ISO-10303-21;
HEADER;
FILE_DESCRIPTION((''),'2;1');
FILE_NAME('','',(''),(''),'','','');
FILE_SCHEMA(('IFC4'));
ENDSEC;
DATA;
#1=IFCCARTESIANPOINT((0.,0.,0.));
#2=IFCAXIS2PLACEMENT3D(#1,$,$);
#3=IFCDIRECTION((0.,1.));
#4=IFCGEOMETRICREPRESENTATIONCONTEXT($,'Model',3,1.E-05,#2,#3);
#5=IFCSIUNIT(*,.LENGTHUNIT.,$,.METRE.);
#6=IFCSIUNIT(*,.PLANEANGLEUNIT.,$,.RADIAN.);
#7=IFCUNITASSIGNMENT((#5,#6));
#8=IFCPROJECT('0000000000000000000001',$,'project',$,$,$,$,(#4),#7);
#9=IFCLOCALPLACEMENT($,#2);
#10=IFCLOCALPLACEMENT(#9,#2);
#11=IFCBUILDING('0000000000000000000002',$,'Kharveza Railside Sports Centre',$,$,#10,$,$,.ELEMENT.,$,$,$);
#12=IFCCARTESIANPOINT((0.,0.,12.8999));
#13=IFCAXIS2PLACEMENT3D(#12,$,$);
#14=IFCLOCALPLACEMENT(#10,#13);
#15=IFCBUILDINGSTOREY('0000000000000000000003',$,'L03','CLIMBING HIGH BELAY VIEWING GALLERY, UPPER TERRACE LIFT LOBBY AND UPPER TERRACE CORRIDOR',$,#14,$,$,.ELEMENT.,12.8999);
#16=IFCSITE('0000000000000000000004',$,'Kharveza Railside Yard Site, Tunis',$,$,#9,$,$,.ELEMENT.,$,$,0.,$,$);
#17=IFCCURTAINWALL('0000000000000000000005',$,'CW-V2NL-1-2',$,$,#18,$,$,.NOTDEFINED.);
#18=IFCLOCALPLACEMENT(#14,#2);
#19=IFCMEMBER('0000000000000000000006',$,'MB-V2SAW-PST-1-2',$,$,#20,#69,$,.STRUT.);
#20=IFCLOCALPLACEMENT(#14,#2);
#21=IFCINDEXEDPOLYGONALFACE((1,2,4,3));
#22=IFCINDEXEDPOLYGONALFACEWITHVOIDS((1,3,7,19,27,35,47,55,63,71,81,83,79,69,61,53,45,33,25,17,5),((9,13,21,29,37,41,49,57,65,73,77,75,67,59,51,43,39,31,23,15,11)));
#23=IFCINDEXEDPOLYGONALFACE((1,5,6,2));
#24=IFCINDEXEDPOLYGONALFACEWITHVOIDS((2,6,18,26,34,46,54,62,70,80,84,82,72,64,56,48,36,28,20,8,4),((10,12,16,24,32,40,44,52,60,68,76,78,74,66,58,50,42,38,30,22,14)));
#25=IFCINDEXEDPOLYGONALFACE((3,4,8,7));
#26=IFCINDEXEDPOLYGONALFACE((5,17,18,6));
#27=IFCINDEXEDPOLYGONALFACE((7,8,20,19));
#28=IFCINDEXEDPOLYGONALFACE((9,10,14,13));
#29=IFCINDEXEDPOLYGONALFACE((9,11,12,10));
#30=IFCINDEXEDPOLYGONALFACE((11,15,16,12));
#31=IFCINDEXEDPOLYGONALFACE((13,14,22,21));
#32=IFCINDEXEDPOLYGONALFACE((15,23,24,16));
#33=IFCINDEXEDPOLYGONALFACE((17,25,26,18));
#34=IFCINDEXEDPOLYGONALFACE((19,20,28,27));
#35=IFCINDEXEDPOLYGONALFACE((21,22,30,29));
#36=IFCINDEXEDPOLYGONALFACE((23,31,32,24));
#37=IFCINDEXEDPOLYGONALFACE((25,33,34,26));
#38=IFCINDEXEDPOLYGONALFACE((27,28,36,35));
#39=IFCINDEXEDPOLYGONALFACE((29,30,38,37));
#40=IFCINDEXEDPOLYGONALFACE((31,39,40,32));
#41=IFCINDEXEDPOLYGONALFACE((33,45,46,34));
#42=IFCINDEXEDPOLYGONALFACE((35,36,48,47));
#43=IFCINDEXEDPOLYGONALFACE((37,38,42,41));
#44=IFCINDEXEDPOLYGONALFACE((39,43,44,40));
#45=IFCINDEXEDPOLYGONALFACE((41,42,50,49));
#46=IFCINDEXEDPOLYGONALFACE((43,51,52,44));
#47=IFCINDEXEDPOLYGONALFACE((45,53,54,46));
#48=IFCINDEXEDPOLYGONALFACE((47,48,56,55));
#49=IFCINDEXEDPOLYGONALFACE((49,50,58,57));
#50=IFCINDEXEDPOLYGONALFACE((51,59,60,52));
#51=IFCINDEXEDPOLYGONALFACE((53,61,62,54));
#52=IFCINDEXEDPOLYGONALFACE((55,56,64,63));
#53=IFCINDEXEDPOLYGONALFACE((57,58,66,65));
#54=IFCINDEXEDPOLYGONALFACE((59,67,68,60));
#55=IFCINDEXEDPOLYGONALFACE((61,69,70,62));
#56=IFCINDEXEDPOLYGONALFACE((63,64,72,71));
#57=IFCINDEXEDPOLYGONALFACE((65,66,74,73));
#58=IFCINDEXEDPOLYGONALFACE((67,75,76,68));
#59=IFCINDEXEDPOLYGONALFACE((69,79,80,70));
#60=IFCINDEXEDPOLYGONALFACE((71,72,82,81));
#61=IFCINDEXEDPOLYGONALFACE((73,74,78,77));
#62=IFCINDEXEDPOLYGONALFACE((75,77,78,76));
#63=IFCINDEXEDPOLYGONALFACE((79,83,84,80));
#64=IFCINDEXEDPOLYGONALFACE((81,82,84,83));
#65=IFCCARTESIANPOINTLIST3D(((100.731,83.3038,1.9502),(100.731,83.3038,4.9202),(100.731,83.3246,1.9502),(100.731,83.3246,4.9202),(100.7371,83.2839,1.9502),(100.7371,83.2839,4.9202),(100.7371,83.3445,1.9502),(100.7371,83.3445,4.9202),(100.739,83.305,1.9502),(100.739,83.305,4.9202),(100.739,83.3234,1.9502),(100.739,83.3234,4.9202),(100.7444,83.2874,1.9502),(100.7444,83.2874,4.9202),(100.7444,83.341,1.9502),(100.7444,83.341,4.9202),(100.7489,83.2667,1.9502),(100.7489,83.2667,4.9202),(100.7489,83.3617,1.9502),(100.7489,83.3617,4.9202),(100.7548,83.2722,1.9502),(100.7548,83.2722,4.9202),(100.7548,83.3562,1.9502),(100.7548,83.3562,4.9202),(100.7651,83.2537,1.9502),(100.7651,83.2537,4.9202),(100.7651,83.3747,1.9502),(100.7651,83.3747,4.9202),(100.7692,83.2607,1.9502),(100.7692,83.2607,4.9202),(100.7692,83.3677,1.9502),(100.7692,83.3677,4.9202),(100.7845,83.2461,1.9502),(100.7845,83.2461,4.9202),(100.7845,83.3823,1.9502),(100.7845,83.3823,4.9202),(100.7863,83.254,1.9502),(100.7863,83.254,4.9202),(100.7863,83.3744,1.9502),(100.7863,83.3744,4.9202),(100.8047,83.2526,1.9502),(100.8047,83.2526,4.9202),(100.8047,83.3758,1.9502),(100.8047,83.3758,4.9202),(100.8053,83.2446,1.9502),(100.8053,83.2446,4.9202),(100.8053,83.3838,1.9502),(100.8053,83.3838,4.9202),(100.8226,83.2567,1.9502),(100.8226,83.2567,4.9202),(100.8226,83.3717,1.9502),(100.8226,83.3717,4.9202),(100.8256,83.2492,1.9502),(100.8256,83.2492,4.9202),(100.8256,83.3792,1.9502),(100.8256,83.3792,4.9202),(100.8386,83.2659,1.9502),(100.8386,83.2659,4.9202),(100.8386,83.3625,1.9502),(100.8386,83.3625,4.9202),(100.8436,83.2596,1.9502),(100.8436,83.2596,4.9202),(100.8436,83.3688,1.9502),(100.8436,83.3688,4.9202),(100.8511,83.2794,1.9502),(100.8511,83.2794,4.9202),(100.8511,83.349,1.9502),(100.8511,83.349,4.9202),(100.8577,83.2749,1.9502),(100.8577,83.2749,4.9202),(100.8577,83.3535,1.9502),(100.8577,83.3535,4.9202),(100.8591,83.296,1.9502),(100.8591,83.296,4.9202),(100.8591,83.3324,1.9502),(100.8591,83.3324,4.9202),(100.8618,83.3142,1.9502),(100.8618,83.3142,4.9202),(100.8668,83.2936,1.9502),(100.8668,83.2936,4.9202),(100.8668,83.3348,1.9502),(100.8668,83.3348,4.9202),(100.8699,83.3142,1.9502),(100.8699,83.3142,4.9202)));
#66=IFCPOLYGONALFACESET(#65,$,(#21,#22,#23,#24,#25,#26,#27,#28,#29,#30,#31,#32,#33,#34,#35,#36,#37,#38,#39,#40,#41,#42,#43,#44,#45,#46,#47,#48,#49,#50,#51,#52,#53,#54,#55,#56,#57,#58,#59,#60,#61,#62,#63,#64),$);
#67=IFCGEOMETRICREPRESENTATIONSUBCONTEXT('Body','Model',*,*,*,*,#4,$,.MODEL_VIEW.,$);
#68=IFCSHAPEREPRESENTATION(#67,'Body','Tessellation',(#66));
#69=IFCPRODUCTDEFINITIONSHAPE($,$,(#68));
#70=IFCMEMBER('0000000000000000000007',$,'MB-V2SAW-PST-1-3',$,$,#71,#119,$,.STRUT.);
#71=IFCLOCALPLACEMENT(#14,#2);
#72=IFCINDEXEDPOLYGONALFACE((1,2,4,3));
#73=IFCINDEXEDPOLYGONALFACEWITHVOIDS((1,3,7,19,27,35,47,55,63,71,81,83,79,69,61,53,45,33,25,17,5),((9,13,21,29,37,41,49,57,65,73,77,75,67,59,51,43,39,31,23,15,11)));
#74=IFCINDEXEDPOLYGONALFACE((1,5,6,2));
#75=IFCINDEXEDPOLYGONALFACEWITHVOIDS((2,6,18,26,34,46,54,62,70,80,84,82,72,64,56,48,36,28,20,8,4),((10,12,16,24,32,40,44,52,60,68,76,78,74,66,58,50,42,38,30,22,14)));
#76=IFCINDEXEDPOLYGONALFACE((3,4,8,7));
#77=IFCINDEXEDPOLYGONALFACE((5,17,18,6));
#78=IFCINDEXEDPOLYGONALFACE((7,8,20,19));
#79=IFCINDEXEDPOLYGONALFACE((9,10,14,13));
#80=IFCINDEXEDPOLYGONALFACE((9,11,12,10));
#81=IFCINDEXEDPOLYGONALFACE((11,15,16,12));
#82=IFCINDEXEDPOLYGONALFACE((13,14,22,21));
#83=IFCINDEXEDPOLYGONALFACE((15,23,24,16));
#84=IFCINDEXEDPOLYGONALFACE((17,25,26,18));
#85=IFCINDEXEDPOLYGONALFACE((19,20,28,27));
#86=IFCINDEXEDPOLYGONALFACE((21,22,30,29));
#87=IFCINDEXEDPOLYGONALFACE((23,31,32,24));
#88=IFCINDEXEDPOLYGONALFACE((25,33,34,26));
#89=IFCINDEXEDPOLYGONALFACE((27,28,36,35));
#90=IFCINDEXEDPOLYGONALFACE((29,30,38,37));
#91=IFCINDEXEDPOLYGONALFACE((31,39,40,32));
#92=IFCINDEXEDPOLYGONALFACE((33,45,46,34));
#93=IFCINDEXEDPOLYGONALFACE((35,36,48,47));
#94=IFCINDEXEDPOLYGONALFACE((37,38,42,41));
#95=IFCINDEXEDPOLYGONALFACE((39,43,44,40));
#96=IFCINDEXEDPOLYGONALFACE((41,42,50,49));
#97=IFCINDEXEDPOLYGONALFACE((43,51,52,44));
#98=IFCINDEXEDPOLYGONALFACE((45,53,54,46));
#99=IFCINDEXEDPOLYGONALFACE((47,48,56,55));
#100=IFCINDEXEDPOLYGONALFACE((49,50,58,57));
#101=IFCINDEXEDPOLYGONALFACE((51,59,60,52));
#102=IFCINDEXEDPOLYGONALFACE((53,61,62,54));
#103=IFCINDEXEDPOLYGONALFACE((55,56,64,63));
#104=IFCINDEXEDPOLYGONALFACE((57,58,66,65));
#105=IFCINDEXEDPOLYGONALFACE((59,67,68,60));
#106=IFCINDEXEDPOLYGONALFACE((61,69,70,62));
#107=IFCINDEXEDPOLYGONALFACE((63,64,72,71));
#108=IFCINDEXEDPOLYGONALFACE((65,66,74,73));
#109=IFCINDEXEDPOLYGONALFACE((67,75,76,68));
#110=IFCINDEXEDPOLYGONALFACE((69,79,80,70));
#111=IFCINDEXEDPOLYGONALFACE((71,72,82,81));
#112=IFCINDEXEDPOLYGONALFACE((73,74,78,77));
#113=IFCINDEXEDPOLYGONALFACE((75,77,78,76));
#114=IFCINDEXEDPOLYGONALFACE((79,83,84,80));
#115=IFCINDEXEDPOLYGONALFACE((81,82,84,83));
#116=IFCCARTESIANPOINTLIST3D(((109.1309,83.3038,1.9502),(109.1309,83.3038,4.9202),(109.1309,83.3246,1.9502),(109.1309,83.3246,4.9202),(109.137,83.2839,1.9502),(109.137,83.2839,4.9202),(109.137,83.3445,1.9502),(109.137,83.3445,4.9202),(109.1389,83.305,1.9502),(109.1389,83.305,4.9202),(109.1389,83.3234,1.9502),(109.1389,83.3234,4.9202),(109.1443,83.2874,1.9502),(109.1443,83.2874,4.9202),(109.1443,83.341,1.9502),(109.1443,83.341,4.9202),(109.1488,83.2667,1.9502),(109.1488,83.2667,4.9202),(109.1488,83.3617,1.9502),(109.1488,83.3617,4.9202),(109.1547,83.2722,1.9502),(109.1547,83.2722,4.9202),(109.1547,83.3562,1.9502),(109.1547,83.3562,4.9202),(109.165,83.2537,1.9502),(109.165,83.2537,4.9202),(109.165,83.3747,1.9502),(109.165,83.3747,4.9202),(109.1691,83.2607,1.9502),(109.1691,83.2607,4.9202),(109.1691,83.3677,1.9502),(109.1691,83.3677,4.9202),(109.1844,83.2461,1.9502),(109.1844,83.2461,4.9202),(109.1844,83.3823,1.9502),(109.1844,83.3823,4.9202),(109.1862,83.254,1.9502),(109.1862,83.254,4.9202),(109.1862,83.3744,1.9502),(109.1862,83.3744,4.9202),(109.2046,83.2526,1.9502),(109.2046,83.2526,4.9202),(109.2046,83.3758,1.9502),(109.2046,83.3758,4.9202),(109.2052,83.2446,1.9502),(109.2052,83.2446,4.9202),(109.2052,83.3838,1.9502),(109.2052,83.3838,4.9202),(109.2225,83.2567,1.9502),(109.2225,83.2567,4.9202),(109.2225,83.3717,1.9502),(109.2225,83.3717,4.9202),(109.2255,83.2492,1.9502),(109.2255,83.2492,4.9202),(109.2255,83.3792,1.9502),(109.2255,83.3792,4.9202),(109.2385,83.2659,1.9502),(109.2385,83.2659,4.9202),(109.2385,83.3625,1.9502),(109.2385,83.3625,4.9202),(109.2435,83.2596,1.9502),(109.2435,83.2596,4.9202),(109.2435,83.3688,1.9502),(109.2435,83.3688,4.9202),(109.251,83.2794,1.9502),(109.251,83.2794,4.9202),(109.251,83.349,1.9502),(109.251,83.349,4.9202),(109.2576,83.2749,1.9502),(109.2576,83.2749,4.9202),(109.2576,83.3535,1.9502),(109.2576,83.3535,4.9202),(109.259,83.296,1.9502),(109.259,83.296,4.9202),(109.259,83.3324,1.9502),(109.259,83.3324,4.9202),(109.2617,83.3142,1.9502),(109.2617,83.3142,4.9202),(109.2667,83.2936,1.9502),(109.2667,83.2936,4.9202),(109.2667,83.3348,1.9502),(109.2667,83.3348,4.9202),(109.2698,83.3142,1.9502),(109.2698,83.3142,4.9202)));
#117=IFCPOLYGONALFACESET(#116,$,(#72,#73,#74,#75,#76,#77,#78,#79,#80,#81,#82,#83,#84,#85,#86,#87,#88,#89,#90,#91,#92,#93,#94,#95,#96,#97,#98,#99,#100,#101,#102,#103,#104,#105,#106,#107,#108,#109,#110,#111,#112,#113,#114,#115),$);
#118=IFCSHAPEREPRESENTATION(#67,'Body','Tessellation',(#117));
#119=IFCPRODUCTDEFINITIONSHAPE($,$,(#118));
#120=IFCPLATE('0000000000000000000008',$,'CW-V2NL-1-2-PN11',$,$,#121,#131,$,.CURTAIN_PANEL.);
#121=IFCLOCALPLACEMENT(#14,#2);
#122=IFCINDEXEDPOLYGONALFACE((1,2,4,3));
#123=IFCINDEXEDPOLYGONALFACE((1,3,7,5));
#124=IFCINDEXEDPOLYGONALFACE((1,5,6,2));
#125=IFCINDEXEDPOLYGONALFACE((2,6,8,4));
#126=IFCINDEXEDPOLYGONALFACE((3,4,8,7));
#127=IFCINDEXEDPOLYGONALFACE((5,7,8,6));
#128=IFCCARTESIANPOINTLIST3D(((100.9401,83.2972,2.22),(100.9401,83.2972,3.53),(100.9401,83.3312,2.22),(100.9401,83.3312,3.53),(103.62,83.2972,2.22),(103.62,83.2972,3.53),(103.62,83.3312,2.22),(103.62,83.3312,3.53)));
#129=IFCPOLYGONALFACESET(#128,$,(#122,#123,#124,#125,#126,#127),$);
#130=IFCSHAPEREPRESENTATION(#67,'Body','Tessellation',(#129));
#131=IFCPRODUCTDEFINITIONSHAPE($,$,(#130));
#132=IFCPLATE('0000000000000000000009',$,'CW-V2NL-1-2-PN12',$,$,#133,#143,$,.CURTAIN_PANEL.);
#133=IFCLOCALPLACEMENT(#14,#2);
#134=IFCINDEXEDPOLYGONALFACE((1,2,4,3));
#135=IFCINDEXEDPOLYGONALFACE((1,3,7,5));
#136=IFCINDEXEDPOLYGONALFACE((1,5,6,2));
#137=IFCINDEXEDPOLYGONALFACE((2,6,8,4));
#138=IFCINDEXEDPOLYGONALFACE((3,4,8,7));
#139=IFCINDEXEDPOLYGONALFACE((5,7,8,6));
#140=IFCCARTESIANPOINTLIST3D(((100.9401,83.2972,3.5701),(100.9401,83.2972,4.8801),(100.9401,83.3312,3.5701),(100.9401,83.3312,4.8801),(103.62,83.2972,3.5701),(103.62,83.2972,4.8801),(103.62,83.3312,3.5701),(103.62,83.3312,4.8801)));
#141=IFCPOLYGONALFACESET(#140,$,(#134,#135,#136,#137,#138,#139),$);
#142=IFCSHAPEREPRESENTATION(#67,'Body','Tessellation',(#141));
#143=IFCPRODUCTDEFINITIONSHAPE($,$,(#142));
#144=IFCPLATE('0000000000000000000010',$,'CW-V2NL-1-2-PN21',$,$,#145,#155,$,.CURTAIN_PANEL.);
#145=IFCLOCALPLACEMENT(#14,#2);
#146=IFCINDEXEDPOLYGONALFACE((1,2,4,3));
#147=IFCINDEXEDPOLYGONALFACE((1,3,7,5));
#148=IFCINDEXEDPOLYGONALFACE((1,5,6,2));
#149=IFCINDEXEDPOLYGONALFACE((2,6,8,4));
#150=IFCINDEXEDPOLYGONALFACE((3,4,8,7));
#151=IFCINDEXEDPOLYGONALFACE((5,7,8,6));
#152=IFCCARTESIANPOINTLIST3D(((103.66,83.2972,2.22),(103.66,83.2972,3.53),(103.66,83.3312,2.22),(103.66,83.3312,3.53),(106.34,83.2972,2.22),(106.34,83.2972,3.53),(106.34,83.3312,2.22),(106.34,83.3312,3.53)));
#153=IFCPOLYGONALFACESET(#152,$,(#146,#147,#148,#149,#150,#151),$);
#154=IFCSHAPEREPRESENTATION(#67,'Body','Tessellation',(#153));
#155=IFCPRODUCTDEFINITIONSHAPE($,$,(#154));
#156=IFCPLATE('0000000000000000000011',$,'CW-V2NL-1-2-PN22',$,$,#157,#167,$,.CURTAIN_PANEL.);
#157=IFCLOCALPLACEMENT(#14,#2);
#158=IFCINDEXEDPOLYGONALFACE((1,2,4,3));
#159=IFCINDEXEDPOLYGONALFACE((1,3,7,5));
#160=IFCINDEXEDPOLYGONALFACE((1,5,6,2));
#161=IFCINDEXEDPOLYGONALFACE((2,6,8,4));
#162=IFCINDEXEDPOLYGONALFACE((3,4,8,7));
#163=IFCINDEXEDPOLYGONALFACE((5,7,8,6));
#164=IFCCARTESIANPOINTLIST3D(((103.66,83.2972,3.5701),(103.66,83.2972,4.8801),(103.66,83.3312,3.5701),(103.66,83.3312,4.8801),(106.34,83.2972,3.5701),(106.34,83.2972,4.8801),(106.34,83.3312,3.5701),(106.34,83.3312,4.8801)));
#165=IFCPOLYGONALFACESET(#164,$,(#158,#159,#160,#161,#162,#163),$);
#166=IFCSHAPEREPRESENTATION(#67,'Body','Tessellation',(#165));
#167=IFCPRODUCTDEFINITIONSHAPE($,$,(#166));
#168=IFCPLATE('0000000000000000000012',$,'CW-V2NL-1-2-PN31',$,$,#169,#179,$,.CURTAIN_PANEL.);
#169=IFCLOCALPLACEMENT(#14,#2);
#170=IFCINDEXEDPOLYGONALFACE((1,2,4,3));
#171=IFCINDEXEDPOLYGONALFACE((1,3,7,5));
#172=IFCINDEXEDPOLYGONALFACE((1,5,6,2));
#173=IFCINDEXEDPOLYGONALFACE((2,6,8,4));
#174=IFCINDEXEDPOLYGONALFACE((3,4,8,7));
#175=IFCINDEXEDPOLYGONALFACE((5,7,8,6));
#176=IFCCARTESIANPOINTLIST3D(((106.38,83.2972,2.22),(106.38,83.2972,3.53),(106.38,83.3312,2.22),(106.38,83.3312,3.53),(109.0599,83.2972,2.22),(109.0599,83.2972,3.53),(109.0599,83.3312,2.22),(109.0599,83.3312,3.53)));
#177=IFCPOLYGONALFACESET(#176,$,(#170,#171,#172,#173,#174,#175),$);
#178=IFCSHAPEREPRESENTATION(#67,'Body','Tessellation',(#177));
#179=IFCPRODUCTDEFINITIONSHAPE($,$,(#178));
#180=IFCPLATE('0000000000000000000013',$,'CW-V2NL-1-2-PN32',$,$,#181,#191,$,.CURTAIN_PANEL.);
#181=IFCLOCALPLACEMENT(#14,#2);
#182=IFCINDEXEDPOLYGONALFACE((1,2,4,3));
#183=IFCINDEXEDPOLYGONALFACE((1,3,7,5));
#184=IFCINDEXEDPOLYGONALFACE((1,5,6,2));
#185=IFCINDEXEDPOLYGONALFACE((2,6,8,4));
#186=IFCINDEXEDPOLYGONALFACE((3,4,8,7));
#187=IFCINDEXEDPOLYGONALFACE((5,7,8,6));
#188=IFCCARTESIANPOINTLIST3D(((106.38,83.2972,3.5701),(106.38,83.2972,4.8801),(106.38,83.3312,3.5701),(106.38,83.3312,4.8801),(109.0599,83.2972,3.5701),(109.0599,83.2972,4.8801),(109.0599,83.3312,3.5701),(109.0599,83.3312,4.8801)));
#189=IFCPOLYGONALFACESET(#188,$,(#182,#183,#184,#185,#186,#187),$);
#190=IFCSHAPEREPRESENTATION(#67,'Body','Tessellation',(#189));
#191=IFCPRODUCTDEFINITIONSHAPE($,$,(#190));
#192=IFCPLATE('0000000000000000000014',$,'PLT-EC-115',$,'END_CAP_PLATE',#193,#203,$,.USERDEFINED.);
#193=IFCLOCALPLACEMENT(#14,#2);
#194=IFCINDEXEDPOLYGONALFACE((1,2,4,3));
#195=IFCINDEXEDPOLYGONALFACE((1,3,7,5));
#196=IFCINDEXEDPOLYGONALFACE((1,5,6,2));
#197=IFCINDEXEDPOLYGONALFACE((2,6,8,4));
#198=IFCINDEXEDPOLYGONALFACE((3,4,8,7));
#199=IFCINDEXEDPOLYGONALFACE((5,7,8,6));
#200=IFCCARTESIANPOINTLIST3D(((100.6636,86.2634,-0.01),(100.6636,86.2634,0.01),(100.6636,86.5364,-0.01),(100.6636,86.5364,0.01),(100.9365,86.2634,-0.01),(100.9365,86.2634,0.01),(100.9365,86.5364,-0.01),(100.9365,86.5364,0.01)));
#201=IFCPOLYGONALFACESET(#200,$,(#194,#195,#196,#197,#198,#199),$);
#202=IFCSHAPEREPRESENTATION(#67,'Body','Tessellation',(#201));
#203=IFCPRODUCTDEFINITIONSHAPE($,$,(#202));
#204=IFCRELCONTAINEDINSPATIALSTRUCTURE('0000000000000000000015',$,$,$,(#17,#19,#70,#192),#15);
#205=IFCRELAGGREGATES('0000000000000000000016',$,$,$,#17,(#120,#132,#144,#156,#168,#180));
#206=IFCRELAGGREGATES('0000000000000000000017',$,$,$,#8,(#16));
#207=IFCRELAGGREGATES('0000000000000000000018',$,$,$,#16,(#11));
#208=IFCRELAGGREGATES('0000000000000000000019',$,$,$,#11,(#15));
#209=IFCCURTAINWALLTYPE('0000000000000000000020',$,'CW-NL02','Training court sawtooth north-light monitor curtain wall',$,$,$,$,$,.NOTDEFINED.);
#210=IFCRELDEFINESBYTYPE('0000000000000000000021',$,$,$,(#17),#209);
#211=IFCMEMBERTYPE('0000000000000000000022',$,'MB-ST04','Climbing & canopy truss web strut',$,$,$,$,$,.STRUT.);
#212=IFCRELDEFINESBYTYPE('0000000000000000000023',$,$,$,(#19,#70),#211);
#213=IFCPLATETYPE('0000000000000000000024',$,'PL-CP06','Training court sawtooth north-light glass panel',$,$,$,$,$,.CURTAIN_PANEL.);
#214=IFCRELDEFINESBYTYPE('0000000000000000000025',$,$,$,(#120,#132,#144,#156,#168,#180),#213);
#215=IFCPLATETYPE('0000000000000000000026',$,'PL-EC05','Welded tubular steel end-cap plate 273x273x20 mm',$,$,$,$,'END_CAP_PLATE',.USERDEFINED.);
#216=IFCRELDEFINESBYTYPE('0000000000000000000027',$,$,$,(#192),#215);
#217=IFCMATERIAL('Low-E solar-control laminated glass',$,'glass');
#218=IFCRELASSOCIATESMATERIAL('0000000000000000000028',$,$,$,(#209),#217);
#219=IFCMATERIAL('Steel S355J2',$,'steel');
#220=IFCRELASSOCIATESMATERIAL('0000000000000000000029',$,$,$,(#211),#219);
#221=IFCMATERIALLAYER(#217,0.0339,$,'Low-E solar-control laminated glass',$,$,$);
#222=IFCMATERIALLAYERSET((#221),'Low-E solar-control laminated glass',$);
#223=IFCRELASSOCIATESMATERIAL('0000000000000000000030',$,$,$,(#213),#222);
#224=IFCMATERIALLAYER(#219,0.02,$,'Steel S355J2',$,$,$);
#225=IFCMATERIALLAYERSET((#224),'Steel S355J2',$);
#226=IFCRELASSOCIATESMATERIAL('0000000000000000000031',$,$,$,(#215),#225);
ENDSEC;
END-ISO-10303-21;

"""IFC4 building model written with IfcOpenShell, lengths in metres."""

from ifc_helpers import new_model, si_unit, direction, frame, origin, origin_2d, place, context, subcontext, project, spatial, rectangle, hollow_circle, extrude, material, layer, layer_set, material_profile, profile_set, type_object, element, aggregate, save


model = new_model("IFC4")

# Units and contexts
model_context = context("Model", 3, precision=1e-05, world=origin(), true_north=direction((0.0, 1.0)))
body_context = subcontext(model_context, "Body", "Model", "MODEL_VIEW")
ifc_project = project(units=[si_unit("LENGTHUNIT", "METRE"), si_unit("PLANEANGLEUNIT", "RADIAN")], contexts=[model_context])

# Site, building, storey
site_placement = place(None, origin())
site = spatial("IfcSite", under=ifc_project, at=site_placement, Name="Kharveza Railside Yard Site, Tunis", CompositionType="ELEMENT", RefElevation=0.0)
building_placement = place(site_placement, origin())
building = spatial("IfcBuilding", under=site, at=building_placement, Name="Kharveza Railside Sports Centre", CompositionType="ELEMENT")
storey_placement = place(building_placement, frame((0.0, 0.0, 12.8999)))
storey = spatial("IfcBuildingStorey", under=building, at=storey_placement, Name="L03", Description="CLIMBING HIGH BELAY VIEWING GALLERY, UPPER TERRACE LIFT LOBBY AND UPPER TERRACE CORRIDOR", CompositionType="ELEMENT", Elevation=12.8999)

# Shared definitions
ifc_material_1 = material(Name="Steel S355J2", Category="steel")

# Shared definitions
ifc_material_2 = material(Name="Low-E solar-control laminated glass", Category="glass")
curtain_wall_type = type_object("IfcCurtainWallType", Name="CW-NL02", Description="Training court sawtooth north-light monitor curtain wall", PredefinedType="NOTDEFINED", material=ifc_material_2)

# Curtain wall
curtain_wall_1_placement = place(storey_placement, origin())
curtain_wall_1 = element("IfcCurtainWall", 1, at=curtain_wall_1_placement, inside=storey, type_object=curtain_wall_type, Name="CW-V2NL-1-2", PredefinedType="NOTDEFINED")

# Members
ifc_material_profile_1 = material_profile(ifc_material_1, hollow_circle(Radius=0.0698, WallThickness=0.0081, at=origin_2d()), Name="CHS 139.7x8.0")
ifc_profile_set_1 = profile_set([ifc_material_profile_1], Name="Steel S355J2")
member_type_1 = type_object("IfcMemberType", Name="MB-ST04", Description="Climbing & canopy truss web strut", PredefinedType="STRUT", material=ifc_profile_set_1)
for number, where, z_axis, x_axis, name in (
    (2, (100.8, 83.3142, 1.9502), (0.0, 0.0, 1.0), (1.0, 0.0, 0.0), "MB-V2SAW-PST-1-2"),
    (3, (109.2, 83.3142, 1.9502), (0.0, 0.0, 1.0), (1.0, 0.0, 0.0), "MB-V2SAW-PST-1-3"),
):
    element("IfcMember", number, at=place(storey_placement, frame(where, z_axis=z_axis, x_axis=x_axis)), inside=storey, type_object=member_type_1, Name=name, PredefinedType="STRUT", context=body_context, shape_type="SweptSolid", body=[
        extrude(hollow_circle(Radius=0.0698, WallThickness=0.0081, at=origin_2d()), origin(), (0.0, 0.0, 1.0), 2.97),
    ])

# Plates
ifc_layer_1 = layer(ifc_material_2, 0.0339, Name="Low-E solar-control laminated glass")
ifc_layer_set_1 = layer_set([ifc_layer_1], Name="Low-E solar-control laminated glass")
plate_type_1 = type_object("IfcPlateType", Name="PL-CP06", Description="Training court sawtooth north-light glass panel", PredefinedType="CURTAIN_PANEL", material=ifc_layer_set_1)
plate_1_placement = place(storey_placement, frame((102.28, 83.3142, 2.22), z_axis=(0.0, 0.0, 1.0), x_axis=(1.0, 0.0, 0.0)))
plate_1 = element("IfcPlate", 4, at=plate_1_placement, type_object=plate_type_1, Name="CW-V2NL-1-2-PN11", PredefinedType="CURTAIN_PANEL", context=body_context, shape_type="SweptSolid", body=[
    extrude(rectangle(XDim=2.6799, YDim=0.0339, at=origin_2d()), origin(), (0.0, 0.0, 1.0), 1.3101),
])
plate_2_placement = place(storey_placement, frame((102.28, 83.3142, 3.5701), z_axis=(0.0, 0.0, 1.0), x_axis=(1.0, 0.0, 0.0)))
plate_2 = element("IfcPlate", 5, at=plate_2_placement, type_object=plate_type_1, Name="CW-V2NL-1-2-PN12", PredefinedType="CURTAIN_PANEL", context=body_context, shape_type="SweptSolid", body=[
    extrude(rectangle(XDim=2.6799, YDim=0.0339, at=origin_2d()), origin(), (0.0, 0.0, 1.0), 1.3101),
])
plate_3_placement = place(storey_placement, frame((105.0, 83.3142, 2.22), z_axis=(0.0, 0.0, 1.0), x_axis=(1.0, 0.0, 0.0)))
plate_3 = element("IfcPlate", 6, at=plate_3_placement, type_object=plate_type_1, Name="CW-V2NL-1-2-PN21", PredefinedType="CURTAIN_PANEL", context=body_context, shape_type="SweptSolid", body=[
    extrude(rectangle(XDim=2.6799, YDim=0.0339, at=origin_2d()), origin(), (0.0, 0.0, 1.0), 1.3101),
])
plate_4_placement = place(storey_placement, frame((105.0, 83.3142, 3.5701), z_axis=(0.0, 0.0, 1.0), x_axis=(1.0, 0.0, 0.0)))
plate_4 = element("IfcPlate", 7, at=plate_4_placement, type_object=plate_type_1, Name="CW-V2NL-1-2-PN22", PredefinedType="CURTAIN_PANEL", context=body_context, shape_type="SweptSolid", body=[
    extrude(rectangle(XDim=2.6799, YDim=0.0339, at=origin_2d()), origin(), (0.0, 0.0, 1.0), 1.3101),
])
plate_5_placement = place(storey_placement, frame((107.72, 83.3142, 2.22), z_axis=(0.0, 0.0, 1.0), x_axis=(1.0, 0.0, 0.0)))
plate_5 = element("IfcPlate", 8, at=plate_5_placement, type_object=plate_type_1, Name="CW-V2NL-1-2-PN31", PredefinedType="CURTAIN_PANEL", context=body_context, shape_type="SweptSolid", body=[
    extrude(rectangle(XDim=2.6799, YDim=0.0339, at=origin_2d()), origin(), (0.0, 0.0, 1.0), 1.3101),
])
plate_6_placement = place(storey_placement, frame((107.72, 83.3142, 3.5701), z_axis=(0.0, 0.0, 1.0), x_axis=(1.0, 0.0, 0.0)))
plate_6 = element("IfcPlate", 9, at=plate_6_placement, type_object=plate_type_1, Name="CW-V2NL-1-2-PN32", PredefinedType="CURTAIN_PANEL", context=body_context, shape_type="SweptSolid", body=[
    extrude(rectangle(XDim=2.6799, YDim=0.0339, at=origin_2d()), origin(), (0.0, 0.0, 1.0), 1.3101),
])
aggregate(curtain_wall_1, [plate_1, plate_2, plate_3, plate_4, plate_5, plate_6])

# Plate
ifc_layer_2 = layer(ifc_material_1, 0.02, Name="Steel S355J2")
ifc_layer_set_2 = layer_set([ifc_layer_2], Name="Steel S355J2")
plate_type_2 = type_object("IfcPlateType", Name="PL-EC05", Description="Welded tubular steel end-cap plate 273x273x20 mm", ElementType="END_CAP_PLATE", PredefinedType="USERDEFINED", material=ifc_layer_set_2)
for number, where, z_axis, x_axis, name in (
    (10, (100.8, 86.3999, -0.01), (0.0, 0.0, 1.0), (1.0, 0.0, 0.0), "PLT-EC-115"),
):
    element("IfcPlate", number, at=place(storey_placement, frame(where, z_axis=z_axis, x_axis=x_axis)), inside=storey, type_object=plate_type_2, Name=name, ObjectType="END_CAP_PLATE", PredefinedType="USERDEFINED", context=body_context, shape_type="SweptSolid", body=[
        extrude(rectangle(XDim=0.2729, YDim=0.2729, at=origin_2d()), origin(), (0.0, 0.0, 1.0), 0.02),
    ])

save(model, "model.ifc")
